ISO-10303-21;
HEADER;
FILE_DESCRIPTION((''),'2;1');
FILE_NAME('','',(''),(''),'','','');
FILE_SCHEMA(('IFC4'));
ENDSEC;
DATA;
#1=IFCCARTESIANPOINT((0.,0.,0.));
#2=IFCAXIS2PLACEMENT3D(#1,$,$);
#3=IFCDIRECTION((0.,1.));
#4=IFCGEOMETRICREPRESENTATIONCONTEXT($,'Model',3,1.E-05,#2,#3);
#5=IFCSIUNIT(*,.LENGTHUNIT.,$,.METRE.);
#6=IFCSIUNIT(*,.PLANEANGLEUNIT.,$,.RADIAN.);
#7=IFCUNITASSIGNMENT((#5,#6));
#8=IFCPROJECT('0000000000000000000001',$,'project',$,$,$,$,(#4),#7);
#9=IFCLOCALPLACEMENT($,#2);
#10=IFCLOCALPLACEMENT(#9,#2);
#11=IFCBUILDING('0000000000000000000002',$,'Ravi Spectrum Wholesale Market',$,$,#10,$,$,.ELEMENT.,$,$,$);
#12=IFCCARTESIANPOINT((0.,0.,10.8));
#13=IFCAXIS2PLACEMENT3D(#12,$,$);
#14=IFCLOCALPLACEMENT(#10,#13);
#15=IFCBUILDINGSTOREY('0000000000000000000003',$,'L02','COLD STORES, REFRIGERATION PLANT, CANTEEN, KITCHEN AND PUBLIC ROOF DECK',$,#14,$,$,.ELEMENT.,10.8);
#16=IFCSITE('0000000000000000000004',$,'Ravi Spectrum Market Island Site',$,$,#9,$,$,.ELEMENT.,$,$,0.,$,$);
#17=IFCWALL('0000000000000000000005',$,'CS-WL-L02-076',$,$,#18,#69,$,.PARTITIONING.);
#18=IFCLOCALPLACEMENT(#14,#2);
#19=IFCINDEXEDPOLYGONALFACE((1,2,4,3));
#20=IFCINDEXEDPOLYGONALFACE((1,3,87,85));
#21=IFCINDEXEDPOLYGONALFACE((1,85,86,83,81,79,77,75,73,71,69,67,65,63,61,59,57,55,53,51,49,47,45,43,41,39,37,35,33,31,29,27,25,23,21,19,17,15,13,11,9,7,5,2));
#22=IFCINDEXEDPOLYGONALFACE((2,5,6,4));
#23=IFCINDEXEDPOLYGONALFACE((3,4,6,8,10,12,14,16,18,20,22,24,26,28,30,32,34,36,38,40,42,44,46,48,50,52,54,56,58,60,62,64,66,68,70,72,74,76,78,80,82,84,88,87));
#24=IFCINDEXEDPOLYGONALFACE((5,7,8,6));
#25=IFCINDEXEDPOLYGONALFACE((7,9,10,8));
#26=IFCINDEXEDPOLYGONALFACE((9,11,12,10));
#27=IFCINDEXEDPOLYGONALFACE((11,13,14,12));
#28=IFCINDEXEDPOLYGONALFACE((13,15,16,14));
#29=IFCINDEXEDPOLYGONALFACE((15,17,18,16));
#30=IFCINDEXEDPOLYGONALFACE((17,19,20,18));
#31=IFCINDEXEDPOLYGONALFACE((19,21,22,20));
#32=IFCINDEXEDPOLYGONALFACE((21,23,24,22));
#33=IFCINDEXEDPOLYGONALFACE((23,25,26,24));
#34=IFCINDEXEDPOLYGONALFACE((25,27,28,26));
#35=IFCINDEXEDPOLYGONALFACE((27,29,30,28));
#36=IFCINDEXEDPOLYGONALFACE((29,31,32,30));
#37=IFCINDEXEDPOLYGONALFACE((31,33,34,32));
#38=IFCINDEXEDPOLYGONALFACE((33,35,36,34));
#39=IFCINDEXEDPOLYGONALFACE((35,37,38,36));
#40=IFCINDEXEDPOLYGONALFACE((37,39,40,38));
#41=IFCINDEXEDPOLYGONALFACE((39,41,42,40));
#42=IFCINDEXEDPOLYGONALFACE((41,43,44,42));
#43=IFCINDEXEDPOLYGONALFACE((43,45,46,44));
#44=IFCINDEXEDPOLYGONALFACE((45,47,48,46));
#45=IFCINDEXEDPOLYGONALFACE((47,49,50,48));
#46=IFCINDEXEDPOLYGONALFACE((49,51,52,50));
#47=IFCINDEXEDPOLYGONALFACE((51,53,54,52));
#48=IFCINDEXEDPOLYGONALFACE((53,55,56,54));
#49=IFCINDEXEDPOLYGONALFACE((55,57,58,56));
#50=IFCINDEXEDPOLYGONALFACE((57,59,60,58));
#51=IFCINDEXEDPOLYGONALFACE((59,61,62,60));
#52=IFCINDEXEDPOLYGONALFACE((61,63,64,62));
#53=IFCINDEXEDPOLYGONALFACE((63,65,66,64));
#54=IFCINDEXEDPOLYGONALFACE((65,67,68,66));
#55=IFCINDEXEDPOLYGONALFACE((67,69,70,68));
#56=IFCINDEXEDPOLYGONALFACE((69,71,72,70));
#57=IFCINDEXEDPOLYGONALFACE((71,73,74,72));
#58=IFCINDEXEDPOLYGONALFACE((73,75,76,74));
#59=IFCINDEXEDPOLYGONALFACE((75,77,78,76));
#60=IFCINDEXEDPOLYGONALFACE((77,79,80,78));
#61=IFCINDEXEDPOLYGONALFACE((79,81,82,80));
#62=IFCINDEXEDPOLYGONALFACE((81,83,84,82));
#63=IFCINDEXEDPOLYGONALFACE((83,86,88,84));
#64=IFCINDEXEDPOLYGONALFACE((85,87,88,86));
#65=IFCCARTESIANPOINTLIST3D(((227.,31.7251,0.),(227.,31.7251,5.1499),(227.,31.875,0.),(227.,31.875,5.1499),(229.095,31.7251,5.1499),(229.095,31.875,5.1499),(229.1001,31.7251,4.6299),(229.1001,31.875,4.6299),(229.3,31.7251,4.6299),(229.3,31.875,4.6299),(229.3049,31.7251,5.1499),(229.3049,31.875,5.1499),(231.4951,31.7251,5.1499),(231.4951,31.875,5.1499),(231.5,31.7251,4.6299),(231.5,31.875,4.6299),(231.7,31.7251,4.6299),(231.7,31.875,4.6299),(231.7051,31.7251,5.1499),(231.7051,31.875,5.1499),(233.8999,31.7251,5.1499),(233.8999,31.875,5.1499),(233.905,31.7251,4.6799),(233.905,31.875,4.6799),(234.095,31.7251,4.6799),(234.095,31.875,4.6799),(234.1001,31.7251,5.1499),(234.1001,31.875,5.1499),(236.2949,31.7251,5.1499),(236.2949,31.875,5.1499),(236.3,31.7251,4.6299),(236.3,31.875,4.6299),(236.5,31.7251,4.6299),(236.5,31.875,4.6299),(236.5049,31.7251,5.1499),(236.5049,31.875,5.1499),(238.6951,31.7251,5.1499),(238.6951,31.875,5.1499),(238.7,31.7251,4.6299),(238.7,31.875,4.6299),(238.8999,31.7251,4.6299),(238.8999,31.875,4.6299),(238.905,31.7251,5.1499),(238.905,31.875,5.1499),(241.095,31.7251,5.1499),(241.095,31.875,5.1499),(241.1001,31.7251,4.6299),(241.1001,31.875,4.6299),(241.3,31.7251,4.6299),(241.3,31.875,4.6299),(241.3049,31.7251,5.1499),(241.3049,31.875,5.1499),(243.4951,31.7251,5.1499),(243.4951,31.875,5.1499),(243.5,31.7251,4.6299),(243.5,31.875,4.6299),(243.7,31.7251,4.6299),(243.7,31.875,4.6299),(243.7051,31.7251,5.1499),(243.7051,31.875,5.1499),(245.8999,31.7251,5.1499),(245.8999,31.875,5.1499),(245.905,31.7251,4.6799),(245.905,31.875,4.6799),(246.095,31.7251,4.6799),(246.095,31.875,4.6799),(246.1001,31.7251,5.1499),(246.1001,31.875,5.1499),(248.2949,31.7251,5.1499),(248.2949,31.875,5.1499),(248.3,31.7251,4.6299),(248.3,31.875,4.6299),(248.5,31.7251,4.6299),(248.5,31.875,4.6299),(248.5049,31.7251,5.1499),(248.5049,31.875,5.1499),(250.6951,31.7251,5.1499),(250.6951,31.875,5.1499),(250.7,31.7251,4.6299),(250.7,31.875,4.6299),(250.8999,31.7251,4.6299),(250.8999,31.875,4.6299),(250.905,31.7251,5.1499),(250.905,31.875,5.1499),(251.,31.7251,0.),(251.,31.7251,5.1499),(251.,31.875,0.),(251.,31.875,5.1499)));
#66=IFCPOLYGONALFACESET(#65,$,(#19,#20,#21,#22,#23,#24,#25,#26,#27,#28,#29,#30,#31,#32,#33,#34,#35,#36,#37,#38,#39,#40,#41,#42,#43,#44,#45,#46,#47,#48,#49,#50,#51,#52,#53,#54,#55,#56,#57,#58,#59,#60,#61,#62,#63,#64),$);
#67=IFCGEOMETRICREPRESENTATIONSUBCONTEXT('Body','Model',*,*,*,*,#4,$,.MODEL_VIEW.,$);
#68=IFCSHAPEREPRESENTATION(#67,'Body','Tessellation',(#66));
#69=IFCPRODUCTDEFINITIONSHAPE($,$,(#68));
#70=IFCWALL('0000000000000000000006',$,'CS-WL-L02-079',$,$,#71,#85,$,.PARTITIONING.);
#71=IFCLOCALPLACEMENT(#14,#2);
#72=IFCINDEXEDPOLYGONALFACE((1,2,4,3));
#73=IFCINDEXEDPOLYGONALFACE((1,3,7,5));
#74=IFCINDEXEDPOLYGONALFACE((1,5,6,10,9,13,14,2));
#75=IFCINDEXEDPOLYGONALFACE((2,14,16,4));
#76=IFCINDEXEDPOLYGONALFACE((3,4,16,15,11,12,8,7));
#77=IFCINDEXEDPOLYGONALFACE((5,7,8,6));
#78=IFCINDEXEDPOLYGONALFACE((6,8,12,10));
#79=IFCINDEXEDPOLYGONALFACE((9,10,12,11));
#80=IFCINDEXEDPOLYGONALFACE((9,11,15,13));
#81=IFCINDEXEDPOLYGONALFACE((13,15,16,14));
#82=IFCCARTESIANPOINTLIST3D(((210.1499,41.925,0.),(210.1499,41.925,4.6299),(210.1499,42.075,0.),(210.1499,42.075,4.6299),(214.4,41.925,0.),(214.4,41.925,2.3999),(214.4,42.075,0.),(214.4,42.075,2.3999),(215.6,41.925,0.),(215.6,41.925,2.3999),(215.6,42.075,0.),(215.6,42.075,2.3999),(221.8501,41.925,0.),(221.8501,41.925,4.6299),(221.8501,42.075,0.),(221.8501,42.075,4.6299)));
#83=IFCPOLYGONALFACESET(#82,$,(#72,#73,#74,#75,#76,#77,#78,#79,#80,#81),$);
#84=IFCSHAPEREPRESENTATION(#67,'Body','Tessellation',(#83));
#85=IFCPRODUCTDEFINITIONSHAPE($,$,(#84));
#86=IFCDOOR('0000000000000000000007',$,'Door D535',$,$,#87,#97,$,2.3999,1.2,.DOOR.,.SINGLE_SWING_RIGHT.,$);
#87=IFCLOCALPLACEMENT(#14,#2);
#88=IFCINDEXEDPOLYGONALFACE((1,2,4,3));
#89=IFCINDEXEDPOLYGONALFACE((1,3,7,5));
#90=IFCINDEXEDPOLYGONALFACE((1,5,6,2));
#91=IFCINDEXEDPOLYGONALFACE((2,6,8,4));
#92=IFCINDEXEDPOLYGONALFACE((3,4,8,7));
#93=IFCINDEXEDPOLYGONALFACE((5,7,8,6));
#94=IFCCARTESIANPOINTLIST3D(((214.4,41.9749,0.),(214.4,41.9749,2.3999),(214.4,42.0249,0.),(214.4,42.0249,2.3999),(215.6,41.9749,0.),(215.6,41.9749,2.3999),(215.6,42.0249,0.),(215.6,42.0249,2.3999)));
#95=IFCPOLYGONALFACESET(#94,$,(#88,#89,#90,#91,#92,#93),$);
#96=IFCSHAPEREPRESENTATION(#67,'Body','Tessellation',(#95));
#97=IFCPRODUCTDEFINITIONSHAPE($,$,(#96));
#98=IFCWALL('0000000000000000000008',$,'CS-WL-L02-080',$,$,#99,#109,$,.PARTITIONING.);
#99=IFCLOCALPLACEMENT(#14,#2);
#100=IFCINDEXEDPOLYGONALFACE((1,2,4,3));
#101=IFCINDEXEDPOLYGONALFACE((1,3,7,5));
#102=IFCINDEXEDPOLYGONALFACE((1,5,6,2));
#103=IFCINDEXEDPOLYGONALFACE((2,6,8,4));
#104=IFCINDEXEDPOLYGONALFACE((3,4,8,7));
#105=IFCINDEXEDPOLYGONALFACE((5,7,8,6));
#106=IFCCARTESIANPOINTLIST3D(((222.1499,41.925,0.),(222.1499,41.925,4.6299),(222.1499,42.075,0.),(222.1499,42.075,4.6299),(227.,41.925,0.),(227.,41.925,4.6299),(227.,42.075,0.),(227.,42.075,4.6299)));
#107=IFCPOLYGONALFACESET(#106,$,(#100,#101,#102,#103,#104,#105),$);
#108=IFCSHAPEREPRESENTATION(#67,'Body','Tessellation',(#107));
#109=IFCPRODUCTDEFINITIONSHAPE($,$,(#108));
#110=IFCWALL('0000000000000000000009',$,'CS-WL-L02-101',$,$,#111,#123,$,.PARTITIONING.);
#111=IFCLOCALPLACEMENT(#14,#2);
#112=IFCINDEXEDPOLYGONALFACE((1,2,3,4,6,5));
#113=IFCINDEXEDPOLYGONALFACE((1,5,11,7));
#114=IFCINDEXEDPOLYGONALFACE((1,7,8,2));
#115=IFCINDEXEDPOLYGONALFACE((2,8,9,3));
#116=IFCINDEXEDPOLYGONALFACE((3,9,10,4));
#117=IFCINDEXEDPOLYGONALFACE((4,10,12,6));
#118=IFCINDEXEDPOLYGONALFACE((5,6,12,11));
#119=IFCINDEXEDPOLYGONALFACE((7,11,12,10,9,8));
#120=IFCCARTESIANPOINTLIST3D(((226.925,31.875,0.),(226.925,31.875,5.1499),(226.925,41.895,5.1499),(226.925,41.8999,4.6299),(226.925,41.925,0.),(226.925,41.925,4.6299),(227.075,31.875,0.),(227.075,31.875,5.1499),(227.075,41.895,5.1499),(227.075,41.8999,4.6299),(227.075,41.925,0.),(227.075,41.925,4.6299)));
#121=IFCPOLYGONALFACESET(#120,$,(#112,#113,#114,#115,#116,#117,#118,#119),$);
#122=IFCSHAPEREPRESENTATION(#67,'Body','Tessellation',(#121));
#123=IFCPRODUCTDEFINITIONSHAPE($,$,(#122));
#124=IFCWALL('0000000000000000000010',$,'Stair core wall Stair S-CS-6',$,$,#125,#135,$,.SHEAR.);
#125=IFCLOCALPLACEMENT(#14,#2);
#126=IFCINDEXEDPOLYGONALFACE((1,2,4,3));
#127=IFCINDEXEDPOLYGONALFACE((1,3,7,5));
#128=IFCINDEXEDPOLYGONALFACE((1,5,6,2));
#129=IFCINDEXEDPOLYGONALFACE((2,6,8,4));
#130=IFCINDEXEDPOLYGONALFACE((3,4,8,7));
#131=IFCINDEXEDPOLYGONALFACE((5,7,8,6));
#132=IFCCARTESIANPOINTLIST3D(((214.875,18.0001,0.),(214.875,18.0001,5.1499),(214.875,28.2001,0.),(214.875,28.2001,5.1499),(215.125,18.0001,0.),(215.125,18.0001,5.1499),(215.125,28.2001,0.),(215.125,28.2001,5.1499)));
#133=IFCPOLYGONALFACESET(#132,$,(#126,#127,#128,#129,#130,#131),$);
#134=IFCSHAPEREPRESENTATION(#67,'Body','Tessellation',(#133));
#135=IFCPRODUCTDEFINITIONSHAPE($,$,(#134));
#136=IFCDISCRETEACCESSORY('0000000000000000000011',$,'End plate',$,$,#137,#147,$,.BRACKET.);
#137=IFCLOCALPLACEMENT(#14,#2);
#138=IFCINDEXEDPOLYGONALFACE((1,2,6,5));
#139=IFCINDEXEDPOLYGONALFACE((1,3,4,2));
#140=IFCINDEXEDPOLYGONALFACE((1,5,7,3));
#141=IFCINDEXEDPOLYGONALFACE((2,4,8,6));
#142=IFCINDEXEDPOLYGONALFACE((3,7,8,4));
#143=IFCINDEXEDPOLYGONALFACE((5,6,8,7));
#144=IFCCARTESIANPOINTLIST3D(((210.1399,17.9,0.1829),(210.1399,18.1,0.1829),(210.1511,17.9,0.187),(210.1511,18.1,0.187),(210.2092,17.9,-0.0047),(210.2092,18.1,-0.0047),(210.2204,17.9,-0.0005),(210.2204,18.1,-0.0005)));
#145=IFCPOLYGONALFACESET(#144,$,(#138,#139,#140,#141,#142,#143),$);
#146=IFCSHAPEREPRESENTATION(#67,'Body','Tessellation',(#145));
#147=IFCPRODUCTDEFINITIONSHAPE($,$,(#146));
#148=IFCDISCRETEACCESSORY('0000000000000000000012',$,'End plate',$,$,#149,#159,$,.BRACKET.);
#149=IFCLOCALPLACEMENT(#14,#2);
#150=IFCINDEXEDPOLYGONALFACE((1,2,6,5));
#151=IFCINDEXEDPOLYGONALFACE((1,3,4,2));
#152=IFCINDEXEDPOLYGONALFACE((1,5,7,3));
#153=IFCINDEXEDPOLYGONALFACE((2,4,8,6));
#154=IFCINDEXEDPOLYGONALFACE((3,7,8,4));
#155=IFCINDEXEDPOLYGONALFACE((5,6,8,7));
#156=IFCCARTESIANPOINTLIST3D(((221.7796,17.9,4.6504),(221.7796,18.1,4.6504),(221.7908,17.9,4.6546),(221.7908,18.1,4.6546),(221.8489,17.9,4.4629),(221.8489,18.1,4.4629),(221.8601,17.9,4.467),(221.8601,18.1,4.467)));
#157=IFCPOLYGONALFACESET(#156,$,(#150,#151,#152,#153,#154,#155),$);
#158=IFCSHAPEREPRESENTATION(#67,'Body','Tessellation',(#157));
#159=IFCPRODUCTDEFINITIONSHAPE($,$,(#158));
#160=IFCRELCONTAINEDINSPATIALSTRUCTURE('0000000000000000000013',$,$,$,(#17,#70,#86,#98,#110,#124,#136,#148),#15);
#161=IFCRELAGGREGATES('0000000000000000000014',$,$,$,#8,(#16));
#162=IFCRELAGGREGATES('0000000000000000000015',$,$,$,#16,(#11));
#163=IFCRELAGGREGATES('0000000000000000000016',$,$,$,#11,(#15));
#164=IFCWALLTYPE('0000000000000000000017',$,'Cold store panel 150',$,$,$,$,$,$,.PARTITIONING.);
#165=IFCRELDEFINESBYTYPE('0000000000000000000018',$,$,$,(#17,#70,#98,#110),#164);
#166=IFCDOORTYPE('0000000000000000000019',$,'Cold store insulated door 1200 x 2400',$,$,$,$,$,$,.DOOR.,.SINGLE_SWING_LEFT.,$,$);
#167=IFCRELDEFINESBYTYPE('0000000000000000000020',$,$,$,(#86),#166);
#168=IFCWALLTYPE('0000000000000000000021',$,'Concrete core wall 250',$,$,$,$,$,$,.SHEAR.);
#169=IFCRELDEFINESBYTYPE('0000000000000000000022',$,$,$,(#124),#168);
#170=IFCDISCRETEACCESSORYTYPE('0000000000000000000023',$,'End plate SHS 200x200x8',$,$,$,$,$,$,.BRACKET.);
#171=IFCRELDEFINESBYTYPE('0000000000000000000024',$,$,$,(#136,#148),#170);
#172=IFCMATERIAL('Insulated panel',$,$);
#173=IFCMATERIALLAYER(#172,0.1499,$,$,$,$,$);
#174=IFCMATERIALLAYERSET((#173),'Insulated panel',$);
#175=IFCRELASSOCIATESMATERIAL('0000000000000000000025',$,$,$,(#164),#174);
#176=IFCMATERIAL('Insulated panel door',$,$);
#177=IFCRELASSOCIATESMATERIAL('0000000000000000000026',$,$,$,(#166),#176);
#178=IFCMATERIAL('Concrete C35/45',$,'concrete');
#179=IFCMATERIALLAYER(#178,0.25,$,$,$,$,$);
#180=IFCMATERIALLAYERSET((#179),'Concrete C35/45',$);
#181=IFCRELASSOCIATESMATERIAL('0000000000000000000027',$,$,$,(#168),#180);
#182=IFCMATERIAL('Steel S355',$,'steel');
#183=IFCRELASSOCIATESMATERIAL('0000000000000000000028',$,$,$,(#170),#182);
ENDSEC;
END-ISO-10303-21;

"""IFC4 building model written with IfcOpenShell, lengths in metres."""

from ifc_helpers import new_model, si_unit, direction, frame, frame_2d, origin, origin_2d, place, context, subcontext, project, spatial, polyline, rectangle, outline, extrude, material, layer, layer_set, material_profile, profile_set, type_object, element, fill, save


model = new_model("IFC4")

# Units and contexts
model_context = context("Model", 3, precision=1e-05, world=origin(), true_north=direction((0.0, 1.0)))
body_context = subcontext(model_context, "Body", "Model", "MODEL_VIEW")
ifc_project = project(units=[si_unit("LENGTHUNIT", "METRE"), si_unit("PLANEANGLEUNIT", "RADIAN")], contexts=[model_context])

# Site, building, storey
site_placement = place(None, origin())
site = spatial("IfcSite", under=ifc_project, at=site_placement, Name="Ravi Spectrum Market Island Site", CompositionType="ELEMENT", RefElevation=0.0)
building_placement = place(site_placement, origin())
building = spatial("IfcBuilding", under=site, at=building_placement, Name="Ravi Spectrum Wholesale Market", CompositionType="ELEMENT")
storey_placement = place(building_placement, frame((0.0, 0.0, 10.8)))
storey = spatial("IfcBuildingStorey", under=building, at=storey_placement, Name="L02", Description="COLD STORES, REFRIGERATION PLANT, CANTEEN, KITCHEN AND PUBLIC ROOF DECK", CompositionType="ELEMENT", Elevation=10.8)

# Shared definitions
ifc_material_1 = material(Name="Insulated panel")
ifc_layer_1 = layer(ifc_material_1, 0.1499)
ifc_layer_set_1 = layer_set([ifc_layer_1], Name="Insulated panel")
wall_type_1 = type_object("IfcWallType", Name="Cold store panel 150", PredefinedType="PARTITIONING", material=ifc_layer_set_1)
ifc_material_2 = material(Name="Insulated panel door")
door_type = type_object("IfcDoorType", Name="Cold store insulated door 1200 x 2400", OperationType="SINGLE_SWING_LEFT", PredefinedType="DOOR", material=ifc_material_2)

# Wall
wall_1_placement = place(storey_placement, frame((227.0, 31.8, 0.0), z_axis=(0.0, 0.0, 1.0), x_axis=(1.0, 0.0, 0.0)))
element("IfcWall", 1, at=wall_1_placement, inside=storey, type_object=wall_type_1, Name="CS-WL-L02-076", PredefinedType="PARTITIONING", context=body_context, shape_type="SweptSolid", body=[
    extrude(outline(polyline([(0.0, 0.0), (24.0, 0.0), (24.0, 5.1499), (23.905, 5.1499), (23.8999, 4.6299), (23.7, 4.6299), (23.6951, 5.1499), (21.5049, 5.1499), (21.5, 4.6299), (21.3, 4.6299), (21.2949, 5.1499), (19.1001, 5.1499), (19.095, 4.6799), (18.905, 4.6799), (18.8999, 5.1499), (16.7051, 5.1499), (16.7, 4.6299), (16.5, 4.6299), (16.4951, 5.1499), (14.3049, 5.1499), (14.3, 4.6299), (14.1001, 4.6299), (14.095, 5.1499), (11.905, 5.1499), (11.8999, 4.6299), (11.7, 4.6299), (11.6951, 5.1499), (9.5049, 5.1499), (9.5, 4.6299), (9.3, 4.6299), (9.2949, 5.1499), (7.1001, 5.1499), (7.095, 4.6799), (6.905, 4.6799), (6.8999, 5.1499), (4.7051, 5.1499), (4.7, 4.6299), (4.5, 4.6299), (4.4951, 5.1499), (2.3049, 5.1499), (2.3, 4.6299), (2.1001, 4.6299), (2.095, 5.1499), (0.0, 5.1499), (0.0, 0.0)])), frame((0.0, 0.075, 0.0), z_axis=(0.0, -1.0, 0.0), x_axis=(1.0, 0.0, 0.0)), (0.0, 0.0, 1.0), 0.1499),
])

# Wall, opening, door
wall_2_placement = place(storey_placement, frame((210.1499, 42.0, 0.0), z_axis=(0.0, 0.0, 1.0), x_axis=(1.0, 0.0, 0.0)))
wall_2 = element("IfcWall", 2, at=wall_2_placement, inside=storey, type_object=wall_type_1, Name="CS-WL-L02-079", PredefinedType="PARTITIONING", context=body_context, shape_type="SweptSolid", body=[
    extrude(rectangle(XDim=11.7002, YDim=0.1499, at=frame_2d((5.8501, 0.0))), origin(), (0.0, 0.0, 1.0), 4.6299),
])
opening_1_placement = place(wall_2_placement, frame((4.25, 0.0, 0.0)))
opening_1 = element("IfcOpeningElement", 3, at=opening_1_placement, cuts=wall_2, PredefinedType="OPENING", context=body_context, shape_type="SweptSolid", body=[
    extrude(rectangle(XDim=1.2, YDim=2.3999, at=frame_2d((0.6001, 1.2))), frame((0.0, 0.085, 0.0), z_axis=(0.0, -1.0, 0.0), x_axis=(1.0, 0.0, 0.0)), (0.0, 0.0, 1.0), 0.1699),
])
door_1_placement = place(opening_1_placement, origin())
door_1 = element("IfcDoor", 4, at=door_1_placement, inside=storey, type_object=door_type, Name="Door D535", OperationType="SINGLE_SWING_RIGHT", OverallHeight=2.3999, OverallWidth=1.2, PredefinedType="DOOR", context=body_context, shape_type="SweptSolid", body=[
    extrude(rectangle(XDim=1.2, YDim=2.3999, at=frame_2d((0.6001, 1.2))), frame((0.0, 0.0249, 0.0), z_axis=(0.0, -1.0, 0.0), x_axis=(1.0, 0.0, 0.0)), (0.0, 0.0, 1.0), 0.05),
])
fill(opening_1, door_1)

# Walls
wall_3_placement = place(storey_placement, frame((222.1499, 42.0, 0.0), z_axis=(0.0, 0.0, 1.0), x_axis=(1.0, 0.0, 0.0)))
element("IfcWall", 5, at=wall_3_placement, inside=storey, type_object=wall_type_1, Name="CS-WL-L02-080", PredefinedType="PARTITIONING", context=body_context, shape_type="SweptSolid", body=[
    extrude(rectangle(XDim=4.8501, YDim=0.1499, at=frame_2d((2.425, 0.0))), origin(), (0.0, 0.0, 1.0), 4.6299),
])
wall_4_placement = place(storey_placement, frame((227.0, 31.875, 0.0), z_axis=(0.0, 0.0, 1.0), x_axis=(0.0, 1.0, 0.0)))
element("IfcWall", 6, at=wall_4_placement, inside=storey, type_object=wall_type_1, Name="CS-WL-L02-101", PredefinedType="PARTITIONING", context=body_context, shape_type="SweptSolid", body=[
    extrude(outline(polyline([(0.0, 0.0), (10.05, 0.0), (10.05, 4.6299), (10.0249, 4.6299), (10.02, 5.1499), (0.0, 5.1499), (0.0, 0.0)])), frame((0.0, 0.075, 0.0), z_axis=(0.0, -1.0, 0.0), x_axis=(1.0, 0.0, 0.0)), (0.0, 0.0, 1.0), 0.1499),
])
ifc_material_3 = material(Name="Concrete C35/45", Category="concrete")
ifc_layer_2 = layer(ifc_material_3, 0.25)
ifc_layer_set_2 = layer_set([ifc_layer_2], Name="Concrete C35/45")
wall_type_2 = type_object("IfcWallType", Name="Concrete core wall 250", PredefinedType="SHEAR", material=ifc_layer_set_2)
wall_5_placement = place(storey_placement, frame((215.0, 18.0, 0.0), z_axis=(0.0, 0.0, 1.0), x_axis=(0.0, 1.0, 0.0)))
element("IfcWall", 7, at=wall_5_placement, inside=storey, type_object=wall_type_2, Name="Stair core wall Stair S-CS-6", PredefinedType="SHEAR", context=body_context, shape_type="SweptSolid", body=[
    extrude(rectangle(XDim=10.2, YDim=0.25, at=frame_2d((5.1001, 0.0))), origin(), (0.0, 0.0, 1.0), 5.1499),
])

# Discrete accessories
ifc_material_4 = material(Name="Steel S355", Category="steel")
ifc_material_profile_1 = material_profile(ifc_material_4, rectangle(XDim=0.2, YDim=0.2, at=origin_2d()))
ifc_profile_set_1 = profile_set([ifc_material_profile_1], Name="Steel S355")
discrete_accessory_type = type_object("IfcDiscreteAccessoryType", Name="End plate SHS 200x200x8", PredefinedType="BRACKET", material=ifc_profile_set_1)
for number, where, z_axis, x_axis, name in (
    (8, (210.1858, 18.0, 0.0933), (-0.937994, 0.0, -0.34665), (0.0, -1.0, 0.0), "End plate"),
    (9, (221.8142, 18.0, 4.5566), (0.937994, 0.0, 0.34665), (0.0, 1.0, 0.0), "End plate"),
):
    element("IfcDiscreteAccessory", number, at=place(storey_placement, frame(where, z_axis=z_axis, x_axis=x_axis)), inside=storey, type_object=discrete_accessory_type, Name=name, PredefinedType="BRACKET", context=body_context, shape_type="SweptSolid", body=[
        extrude(rectangle(XDim=0.2, YDim=0.2, at=origin_2d()), origin(), (0.0, 0.0, 1.0), 0.012),
    ])

save(model, "model.ifc")
